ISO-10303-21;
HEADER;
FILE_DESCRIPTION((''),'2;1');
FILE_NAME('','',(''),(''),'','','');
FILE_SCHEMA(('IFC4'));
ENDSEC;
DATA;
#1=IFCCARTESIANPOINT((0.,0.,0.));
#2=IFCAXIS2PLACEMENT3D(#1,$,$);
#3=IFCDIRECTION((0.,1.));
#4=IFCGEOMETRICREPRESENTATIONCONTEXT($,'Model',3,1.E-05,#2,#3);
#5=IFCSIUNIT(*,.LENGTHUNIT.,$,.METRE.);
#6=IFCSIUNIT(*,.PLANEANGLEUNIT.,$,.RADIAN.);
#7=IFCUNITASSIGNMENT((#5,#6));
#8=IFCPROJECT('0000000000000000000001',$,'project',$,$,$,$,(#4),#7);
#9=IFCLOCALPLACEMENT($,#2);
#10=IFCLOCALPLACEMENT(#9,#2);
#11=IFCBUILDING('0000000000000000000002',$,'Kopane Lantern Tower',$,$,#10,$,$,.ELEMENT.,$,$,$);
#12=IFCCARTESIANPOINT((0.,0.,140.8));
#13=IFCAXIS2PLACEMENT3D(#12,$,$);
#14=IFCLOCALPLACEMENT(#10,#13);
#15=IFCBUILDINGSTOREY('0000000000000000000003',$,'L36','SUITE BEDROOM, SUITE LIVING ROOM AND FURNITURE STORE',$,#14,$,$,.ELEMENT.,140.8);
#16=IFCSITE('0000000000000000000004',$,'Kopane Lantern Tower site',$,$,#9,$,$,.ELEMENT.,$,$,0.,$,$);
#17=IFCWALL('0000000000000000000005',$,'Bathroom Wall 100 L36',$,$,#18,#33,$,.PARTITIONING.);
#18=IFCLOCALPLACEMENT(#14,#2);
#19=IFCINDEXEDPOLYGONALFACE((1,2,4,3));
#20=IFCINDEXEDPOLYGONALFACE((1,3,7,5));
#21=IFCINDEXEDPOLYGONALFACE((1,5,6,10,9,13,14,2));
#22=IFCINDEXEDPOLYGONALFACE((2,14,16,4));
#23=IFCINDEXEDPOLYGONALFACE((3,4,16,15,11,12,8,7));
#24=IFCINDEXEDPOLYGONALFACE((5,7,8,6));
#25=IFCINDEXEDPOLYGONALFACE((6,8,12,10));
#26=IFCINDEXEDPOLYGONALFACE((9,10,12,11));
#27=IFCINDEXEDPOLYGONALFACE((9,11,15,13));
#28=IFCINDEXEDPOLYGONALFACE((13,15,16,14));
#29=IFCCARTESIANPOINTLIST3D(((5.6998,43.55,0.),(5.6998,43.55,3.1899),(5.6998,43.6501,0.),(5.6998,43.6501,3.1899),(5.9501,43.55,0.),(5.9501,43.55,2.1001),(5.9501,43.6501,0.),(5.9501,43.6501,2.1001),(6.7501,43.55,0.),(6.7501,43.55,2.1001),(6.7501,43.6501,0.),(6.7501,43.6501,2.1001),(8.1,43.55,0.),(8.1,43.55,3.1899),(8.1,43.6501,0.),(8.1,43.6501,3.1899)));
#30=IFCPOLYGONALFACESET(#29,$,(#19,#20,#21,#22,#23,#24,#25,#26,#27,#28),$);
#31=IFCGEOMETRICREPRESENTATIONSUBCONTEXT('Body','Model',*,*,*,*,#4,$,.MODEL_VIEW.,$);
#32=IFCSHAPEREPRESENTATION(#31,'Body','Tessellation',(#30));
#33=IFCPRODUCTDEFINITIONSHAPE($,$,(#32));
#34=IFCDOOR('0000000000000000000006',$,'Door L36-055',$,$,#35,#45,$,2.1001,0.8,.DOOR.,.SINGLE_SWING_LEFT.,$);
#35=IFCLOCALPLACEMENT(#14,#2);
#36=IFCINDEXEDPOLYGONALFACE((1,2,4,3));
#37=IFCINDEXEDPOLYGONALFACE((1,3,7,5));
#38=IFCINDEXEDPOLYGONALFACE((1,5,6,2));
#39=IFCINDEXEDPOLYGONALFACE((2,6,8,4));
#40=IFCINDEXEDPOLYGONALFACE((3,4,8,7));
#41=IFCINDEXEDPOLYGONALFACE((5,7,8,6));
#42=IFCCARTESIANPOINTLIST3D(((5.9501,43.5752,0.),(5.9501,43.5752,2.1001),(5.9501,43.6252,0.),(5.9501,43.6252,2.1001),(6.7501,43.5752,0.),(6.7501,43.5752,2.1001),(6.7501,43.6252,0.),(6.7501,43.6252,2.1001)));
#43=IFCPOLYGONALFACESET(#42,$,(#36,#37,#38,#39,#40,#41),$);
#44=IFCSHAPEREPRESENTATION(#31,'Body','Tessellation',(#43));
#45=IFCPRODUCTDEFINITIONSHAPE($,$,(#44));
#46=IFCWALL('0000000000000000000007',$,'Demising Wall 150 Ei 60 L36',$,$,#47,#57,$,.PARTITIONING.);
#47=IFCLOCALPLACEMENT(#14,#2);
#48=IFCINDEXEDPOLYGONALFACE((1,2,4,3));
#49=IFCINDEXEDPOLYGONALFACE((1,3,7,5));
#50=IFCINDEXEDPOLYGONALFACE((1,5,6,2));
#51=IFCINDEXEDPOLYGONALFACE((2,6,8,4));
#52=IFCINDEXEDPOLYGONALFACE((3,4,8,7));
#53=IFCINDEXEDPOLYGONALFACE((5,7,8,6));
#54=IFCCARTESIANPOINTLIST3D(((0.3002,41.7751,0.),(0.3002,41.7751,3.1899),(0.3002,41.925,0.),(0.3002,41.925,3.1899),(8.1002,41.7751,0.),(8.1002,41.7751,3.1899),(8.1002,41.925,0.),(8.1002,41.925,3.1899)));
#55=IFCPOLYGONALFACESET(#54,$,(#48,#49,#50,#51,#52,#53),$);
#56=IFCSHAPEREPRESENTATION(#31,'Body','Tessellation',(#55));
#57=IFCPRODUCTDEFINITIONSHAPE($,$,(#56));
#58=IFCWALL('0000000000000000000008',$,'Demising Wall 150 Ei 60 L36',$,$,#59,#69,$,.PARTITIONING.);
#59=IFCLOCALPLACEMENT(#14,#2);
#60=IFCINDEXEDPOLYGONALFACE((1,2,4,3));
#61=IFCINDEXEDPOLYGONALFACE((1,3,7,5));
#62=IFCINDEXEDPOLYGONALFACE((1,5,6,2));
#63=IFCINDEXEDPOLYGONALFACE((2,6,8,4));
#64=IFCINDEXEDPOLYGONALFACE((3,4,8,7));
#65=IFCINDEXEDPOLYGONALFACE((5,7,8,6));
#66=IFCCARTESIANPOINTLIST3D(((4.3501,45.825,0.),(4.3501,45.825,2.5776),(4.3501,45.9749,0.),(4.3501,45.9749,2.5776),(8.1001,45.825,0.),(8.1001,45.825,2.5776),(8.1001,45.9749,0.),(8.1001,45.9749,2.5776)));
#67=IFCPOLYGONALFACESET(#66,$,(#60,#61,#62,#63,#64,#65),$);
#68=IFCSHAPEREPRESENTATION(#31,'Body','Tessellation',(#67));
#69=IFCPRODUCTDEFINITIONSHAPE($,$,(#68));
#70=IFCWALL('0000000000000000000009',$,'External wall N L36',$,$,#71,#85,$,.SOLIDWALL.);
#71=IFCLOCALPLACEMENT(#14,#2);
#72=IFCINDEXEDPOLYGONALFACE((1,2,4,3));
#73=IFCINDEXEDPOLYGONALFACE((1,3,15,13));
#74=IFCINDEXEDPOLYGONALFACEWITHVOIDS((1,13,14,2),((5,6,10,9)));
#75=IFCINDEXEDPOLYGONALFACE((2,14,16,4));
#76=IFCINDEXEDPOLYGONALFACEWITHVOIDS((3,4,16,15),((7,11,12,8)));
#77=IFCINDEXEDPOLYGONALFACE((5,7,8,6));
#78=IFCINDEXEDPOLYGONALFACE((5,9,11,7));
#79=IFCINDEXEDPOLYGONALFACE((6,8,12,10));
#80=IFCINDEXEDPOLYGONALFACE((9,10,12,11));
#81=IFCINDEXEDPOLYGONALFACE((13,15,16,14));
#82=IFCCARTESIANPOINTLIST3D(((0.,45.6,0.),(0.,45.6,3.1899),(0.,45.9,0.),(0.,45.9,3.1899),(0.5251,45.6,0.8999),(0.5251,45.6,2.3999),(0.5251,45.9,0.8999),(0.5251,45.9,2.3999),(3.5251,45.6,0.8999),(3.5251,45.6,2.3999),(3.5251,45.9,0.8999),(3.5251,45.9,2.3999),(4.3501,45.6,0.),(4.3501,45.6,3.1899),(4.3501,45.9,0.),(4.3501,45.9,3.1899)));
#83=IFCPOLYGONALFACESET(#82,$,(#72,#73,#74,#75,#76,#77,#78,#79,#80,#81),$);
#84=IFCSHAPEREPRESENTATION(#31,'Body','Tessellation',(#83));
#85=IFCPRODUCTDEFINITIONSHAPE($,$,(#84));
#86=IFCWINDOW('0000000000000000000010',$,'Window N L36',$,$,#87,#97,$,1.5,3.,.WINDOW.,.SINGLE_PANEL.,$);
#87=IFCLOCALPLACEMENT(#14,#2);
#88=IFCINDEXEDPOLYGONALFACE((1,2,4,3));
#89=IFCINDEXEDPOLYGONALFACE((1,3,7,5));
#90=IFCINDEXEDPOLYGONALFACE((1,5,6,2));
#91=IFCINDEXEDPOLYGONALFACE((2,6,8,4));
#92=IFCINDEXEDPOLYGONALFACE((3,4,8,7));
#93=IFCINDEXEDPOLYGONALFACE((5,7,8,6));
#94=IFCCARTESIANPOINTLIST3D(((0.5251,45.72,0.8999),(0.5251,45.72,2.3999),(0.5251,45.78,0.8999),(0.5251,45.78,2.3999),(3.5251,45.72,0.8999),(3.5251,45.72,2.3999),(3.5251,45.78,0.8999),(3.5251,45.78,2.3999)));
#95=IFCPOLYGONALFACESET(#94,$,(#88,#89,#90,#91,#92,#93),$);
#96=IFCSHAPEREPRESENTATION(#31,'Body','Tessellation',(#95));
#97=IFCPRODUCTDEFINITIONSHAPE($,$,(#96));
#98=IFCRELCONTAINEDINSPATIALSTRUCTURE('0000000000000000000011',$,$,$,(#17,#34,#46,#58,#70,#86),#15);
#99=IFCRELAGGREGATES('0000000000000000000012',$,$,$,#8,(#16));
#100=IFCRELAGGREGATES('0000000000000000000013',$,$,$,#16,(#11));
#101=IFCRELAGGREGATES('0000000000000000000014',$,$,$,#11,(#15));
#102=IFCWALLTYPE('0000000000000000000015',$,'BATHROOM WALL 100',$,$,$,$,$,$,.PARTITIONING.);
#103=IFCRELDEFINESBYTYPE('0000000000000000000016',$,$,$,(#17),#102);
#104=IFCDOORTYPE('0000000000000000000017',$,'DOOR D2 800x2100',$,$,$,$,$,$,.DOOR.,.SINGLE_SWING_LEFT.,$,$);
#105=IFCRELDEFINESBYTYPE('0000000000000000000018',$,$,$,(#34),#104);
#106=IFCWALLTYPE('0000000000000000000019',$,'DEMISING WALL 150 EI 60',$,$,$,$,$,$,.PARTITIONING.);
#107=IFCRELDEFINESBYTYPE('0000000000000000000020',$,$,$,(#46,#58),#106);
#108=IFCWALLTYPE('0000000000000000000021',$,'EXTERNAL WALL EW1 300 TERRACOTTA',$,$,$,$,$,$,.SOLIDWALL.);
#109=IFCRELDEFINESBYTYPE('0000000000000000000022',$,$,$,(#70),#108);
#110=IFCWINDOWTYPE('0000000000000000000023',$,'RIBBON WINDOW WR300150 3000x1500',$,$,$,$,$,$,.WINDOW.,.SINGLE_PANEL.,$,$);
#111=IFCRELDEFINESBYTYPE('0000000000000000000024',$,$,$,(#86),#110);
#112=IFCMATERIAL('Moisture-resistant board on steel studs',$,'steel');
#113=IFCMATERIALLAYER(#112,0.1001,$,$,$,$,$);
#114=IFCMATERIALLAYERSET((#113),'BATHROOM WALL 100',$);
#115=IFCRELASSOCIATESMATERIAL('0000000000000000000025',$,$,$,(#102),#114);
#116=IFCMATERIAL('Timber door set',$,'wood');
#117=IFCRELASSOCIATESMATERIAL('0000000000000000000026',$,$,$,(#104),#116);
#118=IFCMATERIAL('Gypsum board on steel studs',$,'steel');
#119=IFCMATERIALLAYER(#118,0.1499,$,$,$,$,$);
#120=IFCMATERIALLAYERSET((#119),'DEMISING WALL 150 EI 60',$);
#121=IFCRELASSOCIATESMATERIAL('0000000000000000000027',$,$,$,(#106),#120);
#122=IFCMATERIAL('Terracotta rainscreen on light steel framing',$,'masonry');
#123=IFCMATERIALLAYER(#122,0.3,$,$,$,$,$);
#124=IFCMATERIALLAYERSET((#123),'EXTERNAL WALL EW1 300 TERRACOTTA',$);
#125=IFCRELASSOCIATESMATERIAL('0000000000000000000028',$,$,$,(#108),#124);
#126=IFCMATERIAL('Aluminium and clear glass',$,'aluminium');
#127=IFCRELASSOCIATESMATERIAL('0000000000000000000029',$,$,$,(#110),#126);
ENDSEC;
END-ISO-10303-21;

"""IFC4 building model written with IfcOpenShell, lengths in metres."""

from ifc_helpers import new_model, si_unit, direction, frame, frame_2d, origin, place, context, subcontext, project, spatial, rectangle, extrude, material, layer, layer_set, type_object, element, fill, save


model = new_model("IFC4")

# Units and contexts
model_context = context("Model", 3, precision=1e-05, world=origin(), true_north=direction((0.0, 1.0)))
body_context = subcontext(model_context, "Body", "Model", "MODEL_VIEW")
ifc_project = project(units=[si_unit("LENGTHUNIT", "METRE"), si_unit("PLANEANGLEUNIT", "RADIAN")], contexts=[model_context])

# Site, building, storey
site_placement = place(None, origin())
site = spatial("IfcSite", under=ifc_project, at=site_placement, Name="Kopane Lantern Tower site", CompositionType="ELEMENT", RefElevation=0.0)
building_placement = place(site_placement, origin())
building = spatial("IfcBuilding", under=site, at=building_placement, Name="Kopane Lantern Tower", CompositionType="ELEMENT")
storey_placement = place(building_placement, frame((0.0, 0.0, 140.8)))
storey = spatial("IfcBuildingStorey", under=building, at=storey_placement, Name="L36", Description="SUITE BEDROOM, SUITE LIVING ROOM AND FURNITURE STORE", CompositionType="ELEMENT", Elevation=140.8)

# Shared definitions
ifc_material_1 = material(Name="Moisture-resistant board on steel studs", Category="steel")
ifc_layer_1 = layer(ifc_material_1, 0.1001)
ifc_layer_set_1 = layer_set([ifc_layer_1], Name="BATHROOM WALL 100")
wall_type_1 = type_object("IfcWallType", Name="BATHROOM WALL 100", PredefinedType="PARTITIONING", material=ifc_layer_set_1)

# Shared definitions
ifc_material_2 = material(Name="Timber door set", Category="wood")
door_type = type_object("IfcDoorType", Name="DOOR D2 800x2100", OperationType="SINGLE_SWING_LEFT", PredefinedType="DOOR", material=ifc_material_2)

# Wall, opening, door
wall_1_placement = place(storey_placement, frame((8.1001, 43.6001, 0.0), z_axis=(0.0, 0.0, 1.0), x_axis=(-1.0, 0.0, 0.0)))
wall_1 = element("IfcWall", 1, at=wall_1_placement, inside=storey, type_object=wall_type_1, Name="Bathroom Wall 100 L36", PredefinedType="PARTITIONING", context=body_context, shape_type="SweptSolid", body=[
    extrude(rectangle(XDim=2.4001, YDim=0.1001, at=frame_2d((1.2002, 0.0))), origin(), (0.0, 0.0, 1.0), 3.1899),
])
opening_1_placement = place(wall_1_placement, frame((1.3501, 0.0, 0.0)))
opening_1 = element("IfcOpeningElement", 2, at=opening_1_placement, cuts=wall_1, PredefinedType="OPENING", context=body_context, shape_type="SweptSolid", body=[
    extrude(rectangle(XDim=0.8, YDim=2.1001, at=frame_2d((0.3999, 1.05))), frame((0.0, 0.0601, 0.0), z_axis=(0.0, -1.0, 0.0), x_axis=(1.0, 0.0, 0.0)), (0.0, 0.0, 1.0), 0.1201),
])
door_1_placement = place(opening_1_placement, origin())
door_1 = element("IfcDoor", 3, at=door_1_placement, inside=storey, type_object=door_type, Name="Door L36-055", OperationType="SINGLE_SWING_LEFT", OverallHeight=2.1001, OverallWidth=0.8, PredefinedType="DOOR", context=body_context, shape_type="SweptSolid", body=[
    extrude(rectangle(XDim=0.8, YDim=2.1001, at=frame_2d((0.3999, 1.05))), frame((0.0, 0.0249, 0.0), z_axis=(0.0, -1.0, 0.0), x_axis=(1.0, 0.0, 0.0)), (0.0, 0.0, 1.0), 0.05),
])
fill(opening_1, door_1)

# Walls
ifc_material_3 = material(Name="Gypsum board on steel studs", Category="steel")
ifc_layer_2 = layer(ifc_material_3, 0.1499)
ifc_layer_set_2 = layer_set([ifc_layer_2], Name="DEMISING WALL 150 EI 60")
wall_type_2 = type_object("IfcWallType", Name="DEMISING WALL 150 EI 60", PredefinedType="PARTITIONING", material=ifc_layer_set_2)
wall_2_placement = place(storey_placement, frame((8.1001, 41.8501, 0.0), z_axis=(0.0, 0.0, 1.0), x_axis=(-1.0, 0.0, 0.0)))
element("IfcWall", 4, at=wall_2_placement, inside=storey, type_object=wall_type_2, Name="Demising Wall 150 Ei 60 L36", PredefinedType="PARTITIONING", context=body_context, shape_type="SweptSolid", body=[
    extrude(rectangle(XDim=7.8, YDim=0.1499, at=frame_2d((3.8999, 0.0))), origin(), (0.0, 0.0, 1.0), 3.1899),
])
wall_3_placement = place(storey_placement, frame((4.3501, 45.8999, 0.0), z_axis=(0.0, 0.0, 1.0), x_axis=(1.0, 0.0, 0.0)))
element("IfcWall", 5, at=wall_3_placement, inside=storey, type_object=wall_type_2, Name="Demising Wall 150 Ei 60 L36", PredefinedType="PARTITIONING", context=body_context, shape_type="SweptSolid", body=[
    extrude(rectangle(XDim=3.75, YDim=0.1499, at=frame_2d((1.875, 0.0))), origin(), (0.0, 0.0, 1.0), 2.5776),
])

# Wall, opening, window
ifc_material_4 = material(Name="Terracotta rainscreen on light steel framing", Category="masonry")
ifc_layer_3 = layer(ifc_material_4, 0.3)
ifc_layer_set_3 = layer_set([ifc_layer_3], Name="EXTERNAL WALL EW1 300 TERRACOTTA")
wall_type_3 = type_object("IfcWallType", Name="EXTERNAL WALL EW1 300 TERRACOTTA", PredefinedType="SOLIDWALL", material=ifc_layer_set_3)
wall_4_placement = place(storey_placement, frame((4.3501, 45.75, 0.0), z_axis=(0.0, 0.0, 1.0), x_axis=(-1.0, 0.0, 0.0)))
wall_4 = element("IfcWall", 6, at=wall_4_placement, inside=storey, type_object=wall_type_3, Name="External wall N L36", PredefinedType="SOLIDWALL", context=body_context, shape_type="SweptSolid", body=[
    extrude(rectangle(XDim=4.3501, YDim=0.3, at=frame_2d((2.175, 0.0))), origin(), (0.0, 0.0, 1.0), 3.1899),
])
opening_2_placement = place(wall_4_placement, frame((0.825, 0.0, 0.8999)))
opening_2 = element("IfcOpeningElement", 7, at=opening_2_placement, cuts=wall_4, PredefinedType="OPENING", context=body_context, shape_type="SweptSolid", body=[
    extrude(rectangle(XDim=3.0, YDim=1.5, at=frame_2d((1.5, 0.75))), frame((0.0, 0.1599, 0.0), z_axis=(0.0, -1.0, 0.0), x_axis=(1.0, 0.0, 0.0)), (0.0, 0.0, 1.0), 0.3201),
])
ifc_material_5 = material(Name="Aluminium and clear glass", Category="aluminium")
window_type_1 = type_object("IfcWindowType", Name="RIBBON WINDOW WR300150 3000x1500", PartitioningType="SINGLE_PANEL", PredefinedType="WINDOW", material=ifc_material_5)
window_1_placement = place(opening_2_placement, origin())
window_1 = element("IfcWindow", 8, at=window_1_placement, inside=storey, type_object=window_type_1, Name="Window N L36", OverallHeight=1.5, OverallWidth=3.0, PartitioningType="SINGLE_PANEL", PredefinedType="WINDOW", context=body_context, shape_type="SweptSolid", body=[
    extrude(rectangle(XDim=3.0, YDim=1.5, at=frame_2d((1.5, 0.75))), frame((0.0, 0.03, 0.0), z_axis=(0.0, -1.0, 0.0), x_axis=(1.0, 0.0, 0.0)), (0.0, 0.0, 1.0), 0.0601),
])
fill(opening_2, window_1)

save(model, "model.ifc")
